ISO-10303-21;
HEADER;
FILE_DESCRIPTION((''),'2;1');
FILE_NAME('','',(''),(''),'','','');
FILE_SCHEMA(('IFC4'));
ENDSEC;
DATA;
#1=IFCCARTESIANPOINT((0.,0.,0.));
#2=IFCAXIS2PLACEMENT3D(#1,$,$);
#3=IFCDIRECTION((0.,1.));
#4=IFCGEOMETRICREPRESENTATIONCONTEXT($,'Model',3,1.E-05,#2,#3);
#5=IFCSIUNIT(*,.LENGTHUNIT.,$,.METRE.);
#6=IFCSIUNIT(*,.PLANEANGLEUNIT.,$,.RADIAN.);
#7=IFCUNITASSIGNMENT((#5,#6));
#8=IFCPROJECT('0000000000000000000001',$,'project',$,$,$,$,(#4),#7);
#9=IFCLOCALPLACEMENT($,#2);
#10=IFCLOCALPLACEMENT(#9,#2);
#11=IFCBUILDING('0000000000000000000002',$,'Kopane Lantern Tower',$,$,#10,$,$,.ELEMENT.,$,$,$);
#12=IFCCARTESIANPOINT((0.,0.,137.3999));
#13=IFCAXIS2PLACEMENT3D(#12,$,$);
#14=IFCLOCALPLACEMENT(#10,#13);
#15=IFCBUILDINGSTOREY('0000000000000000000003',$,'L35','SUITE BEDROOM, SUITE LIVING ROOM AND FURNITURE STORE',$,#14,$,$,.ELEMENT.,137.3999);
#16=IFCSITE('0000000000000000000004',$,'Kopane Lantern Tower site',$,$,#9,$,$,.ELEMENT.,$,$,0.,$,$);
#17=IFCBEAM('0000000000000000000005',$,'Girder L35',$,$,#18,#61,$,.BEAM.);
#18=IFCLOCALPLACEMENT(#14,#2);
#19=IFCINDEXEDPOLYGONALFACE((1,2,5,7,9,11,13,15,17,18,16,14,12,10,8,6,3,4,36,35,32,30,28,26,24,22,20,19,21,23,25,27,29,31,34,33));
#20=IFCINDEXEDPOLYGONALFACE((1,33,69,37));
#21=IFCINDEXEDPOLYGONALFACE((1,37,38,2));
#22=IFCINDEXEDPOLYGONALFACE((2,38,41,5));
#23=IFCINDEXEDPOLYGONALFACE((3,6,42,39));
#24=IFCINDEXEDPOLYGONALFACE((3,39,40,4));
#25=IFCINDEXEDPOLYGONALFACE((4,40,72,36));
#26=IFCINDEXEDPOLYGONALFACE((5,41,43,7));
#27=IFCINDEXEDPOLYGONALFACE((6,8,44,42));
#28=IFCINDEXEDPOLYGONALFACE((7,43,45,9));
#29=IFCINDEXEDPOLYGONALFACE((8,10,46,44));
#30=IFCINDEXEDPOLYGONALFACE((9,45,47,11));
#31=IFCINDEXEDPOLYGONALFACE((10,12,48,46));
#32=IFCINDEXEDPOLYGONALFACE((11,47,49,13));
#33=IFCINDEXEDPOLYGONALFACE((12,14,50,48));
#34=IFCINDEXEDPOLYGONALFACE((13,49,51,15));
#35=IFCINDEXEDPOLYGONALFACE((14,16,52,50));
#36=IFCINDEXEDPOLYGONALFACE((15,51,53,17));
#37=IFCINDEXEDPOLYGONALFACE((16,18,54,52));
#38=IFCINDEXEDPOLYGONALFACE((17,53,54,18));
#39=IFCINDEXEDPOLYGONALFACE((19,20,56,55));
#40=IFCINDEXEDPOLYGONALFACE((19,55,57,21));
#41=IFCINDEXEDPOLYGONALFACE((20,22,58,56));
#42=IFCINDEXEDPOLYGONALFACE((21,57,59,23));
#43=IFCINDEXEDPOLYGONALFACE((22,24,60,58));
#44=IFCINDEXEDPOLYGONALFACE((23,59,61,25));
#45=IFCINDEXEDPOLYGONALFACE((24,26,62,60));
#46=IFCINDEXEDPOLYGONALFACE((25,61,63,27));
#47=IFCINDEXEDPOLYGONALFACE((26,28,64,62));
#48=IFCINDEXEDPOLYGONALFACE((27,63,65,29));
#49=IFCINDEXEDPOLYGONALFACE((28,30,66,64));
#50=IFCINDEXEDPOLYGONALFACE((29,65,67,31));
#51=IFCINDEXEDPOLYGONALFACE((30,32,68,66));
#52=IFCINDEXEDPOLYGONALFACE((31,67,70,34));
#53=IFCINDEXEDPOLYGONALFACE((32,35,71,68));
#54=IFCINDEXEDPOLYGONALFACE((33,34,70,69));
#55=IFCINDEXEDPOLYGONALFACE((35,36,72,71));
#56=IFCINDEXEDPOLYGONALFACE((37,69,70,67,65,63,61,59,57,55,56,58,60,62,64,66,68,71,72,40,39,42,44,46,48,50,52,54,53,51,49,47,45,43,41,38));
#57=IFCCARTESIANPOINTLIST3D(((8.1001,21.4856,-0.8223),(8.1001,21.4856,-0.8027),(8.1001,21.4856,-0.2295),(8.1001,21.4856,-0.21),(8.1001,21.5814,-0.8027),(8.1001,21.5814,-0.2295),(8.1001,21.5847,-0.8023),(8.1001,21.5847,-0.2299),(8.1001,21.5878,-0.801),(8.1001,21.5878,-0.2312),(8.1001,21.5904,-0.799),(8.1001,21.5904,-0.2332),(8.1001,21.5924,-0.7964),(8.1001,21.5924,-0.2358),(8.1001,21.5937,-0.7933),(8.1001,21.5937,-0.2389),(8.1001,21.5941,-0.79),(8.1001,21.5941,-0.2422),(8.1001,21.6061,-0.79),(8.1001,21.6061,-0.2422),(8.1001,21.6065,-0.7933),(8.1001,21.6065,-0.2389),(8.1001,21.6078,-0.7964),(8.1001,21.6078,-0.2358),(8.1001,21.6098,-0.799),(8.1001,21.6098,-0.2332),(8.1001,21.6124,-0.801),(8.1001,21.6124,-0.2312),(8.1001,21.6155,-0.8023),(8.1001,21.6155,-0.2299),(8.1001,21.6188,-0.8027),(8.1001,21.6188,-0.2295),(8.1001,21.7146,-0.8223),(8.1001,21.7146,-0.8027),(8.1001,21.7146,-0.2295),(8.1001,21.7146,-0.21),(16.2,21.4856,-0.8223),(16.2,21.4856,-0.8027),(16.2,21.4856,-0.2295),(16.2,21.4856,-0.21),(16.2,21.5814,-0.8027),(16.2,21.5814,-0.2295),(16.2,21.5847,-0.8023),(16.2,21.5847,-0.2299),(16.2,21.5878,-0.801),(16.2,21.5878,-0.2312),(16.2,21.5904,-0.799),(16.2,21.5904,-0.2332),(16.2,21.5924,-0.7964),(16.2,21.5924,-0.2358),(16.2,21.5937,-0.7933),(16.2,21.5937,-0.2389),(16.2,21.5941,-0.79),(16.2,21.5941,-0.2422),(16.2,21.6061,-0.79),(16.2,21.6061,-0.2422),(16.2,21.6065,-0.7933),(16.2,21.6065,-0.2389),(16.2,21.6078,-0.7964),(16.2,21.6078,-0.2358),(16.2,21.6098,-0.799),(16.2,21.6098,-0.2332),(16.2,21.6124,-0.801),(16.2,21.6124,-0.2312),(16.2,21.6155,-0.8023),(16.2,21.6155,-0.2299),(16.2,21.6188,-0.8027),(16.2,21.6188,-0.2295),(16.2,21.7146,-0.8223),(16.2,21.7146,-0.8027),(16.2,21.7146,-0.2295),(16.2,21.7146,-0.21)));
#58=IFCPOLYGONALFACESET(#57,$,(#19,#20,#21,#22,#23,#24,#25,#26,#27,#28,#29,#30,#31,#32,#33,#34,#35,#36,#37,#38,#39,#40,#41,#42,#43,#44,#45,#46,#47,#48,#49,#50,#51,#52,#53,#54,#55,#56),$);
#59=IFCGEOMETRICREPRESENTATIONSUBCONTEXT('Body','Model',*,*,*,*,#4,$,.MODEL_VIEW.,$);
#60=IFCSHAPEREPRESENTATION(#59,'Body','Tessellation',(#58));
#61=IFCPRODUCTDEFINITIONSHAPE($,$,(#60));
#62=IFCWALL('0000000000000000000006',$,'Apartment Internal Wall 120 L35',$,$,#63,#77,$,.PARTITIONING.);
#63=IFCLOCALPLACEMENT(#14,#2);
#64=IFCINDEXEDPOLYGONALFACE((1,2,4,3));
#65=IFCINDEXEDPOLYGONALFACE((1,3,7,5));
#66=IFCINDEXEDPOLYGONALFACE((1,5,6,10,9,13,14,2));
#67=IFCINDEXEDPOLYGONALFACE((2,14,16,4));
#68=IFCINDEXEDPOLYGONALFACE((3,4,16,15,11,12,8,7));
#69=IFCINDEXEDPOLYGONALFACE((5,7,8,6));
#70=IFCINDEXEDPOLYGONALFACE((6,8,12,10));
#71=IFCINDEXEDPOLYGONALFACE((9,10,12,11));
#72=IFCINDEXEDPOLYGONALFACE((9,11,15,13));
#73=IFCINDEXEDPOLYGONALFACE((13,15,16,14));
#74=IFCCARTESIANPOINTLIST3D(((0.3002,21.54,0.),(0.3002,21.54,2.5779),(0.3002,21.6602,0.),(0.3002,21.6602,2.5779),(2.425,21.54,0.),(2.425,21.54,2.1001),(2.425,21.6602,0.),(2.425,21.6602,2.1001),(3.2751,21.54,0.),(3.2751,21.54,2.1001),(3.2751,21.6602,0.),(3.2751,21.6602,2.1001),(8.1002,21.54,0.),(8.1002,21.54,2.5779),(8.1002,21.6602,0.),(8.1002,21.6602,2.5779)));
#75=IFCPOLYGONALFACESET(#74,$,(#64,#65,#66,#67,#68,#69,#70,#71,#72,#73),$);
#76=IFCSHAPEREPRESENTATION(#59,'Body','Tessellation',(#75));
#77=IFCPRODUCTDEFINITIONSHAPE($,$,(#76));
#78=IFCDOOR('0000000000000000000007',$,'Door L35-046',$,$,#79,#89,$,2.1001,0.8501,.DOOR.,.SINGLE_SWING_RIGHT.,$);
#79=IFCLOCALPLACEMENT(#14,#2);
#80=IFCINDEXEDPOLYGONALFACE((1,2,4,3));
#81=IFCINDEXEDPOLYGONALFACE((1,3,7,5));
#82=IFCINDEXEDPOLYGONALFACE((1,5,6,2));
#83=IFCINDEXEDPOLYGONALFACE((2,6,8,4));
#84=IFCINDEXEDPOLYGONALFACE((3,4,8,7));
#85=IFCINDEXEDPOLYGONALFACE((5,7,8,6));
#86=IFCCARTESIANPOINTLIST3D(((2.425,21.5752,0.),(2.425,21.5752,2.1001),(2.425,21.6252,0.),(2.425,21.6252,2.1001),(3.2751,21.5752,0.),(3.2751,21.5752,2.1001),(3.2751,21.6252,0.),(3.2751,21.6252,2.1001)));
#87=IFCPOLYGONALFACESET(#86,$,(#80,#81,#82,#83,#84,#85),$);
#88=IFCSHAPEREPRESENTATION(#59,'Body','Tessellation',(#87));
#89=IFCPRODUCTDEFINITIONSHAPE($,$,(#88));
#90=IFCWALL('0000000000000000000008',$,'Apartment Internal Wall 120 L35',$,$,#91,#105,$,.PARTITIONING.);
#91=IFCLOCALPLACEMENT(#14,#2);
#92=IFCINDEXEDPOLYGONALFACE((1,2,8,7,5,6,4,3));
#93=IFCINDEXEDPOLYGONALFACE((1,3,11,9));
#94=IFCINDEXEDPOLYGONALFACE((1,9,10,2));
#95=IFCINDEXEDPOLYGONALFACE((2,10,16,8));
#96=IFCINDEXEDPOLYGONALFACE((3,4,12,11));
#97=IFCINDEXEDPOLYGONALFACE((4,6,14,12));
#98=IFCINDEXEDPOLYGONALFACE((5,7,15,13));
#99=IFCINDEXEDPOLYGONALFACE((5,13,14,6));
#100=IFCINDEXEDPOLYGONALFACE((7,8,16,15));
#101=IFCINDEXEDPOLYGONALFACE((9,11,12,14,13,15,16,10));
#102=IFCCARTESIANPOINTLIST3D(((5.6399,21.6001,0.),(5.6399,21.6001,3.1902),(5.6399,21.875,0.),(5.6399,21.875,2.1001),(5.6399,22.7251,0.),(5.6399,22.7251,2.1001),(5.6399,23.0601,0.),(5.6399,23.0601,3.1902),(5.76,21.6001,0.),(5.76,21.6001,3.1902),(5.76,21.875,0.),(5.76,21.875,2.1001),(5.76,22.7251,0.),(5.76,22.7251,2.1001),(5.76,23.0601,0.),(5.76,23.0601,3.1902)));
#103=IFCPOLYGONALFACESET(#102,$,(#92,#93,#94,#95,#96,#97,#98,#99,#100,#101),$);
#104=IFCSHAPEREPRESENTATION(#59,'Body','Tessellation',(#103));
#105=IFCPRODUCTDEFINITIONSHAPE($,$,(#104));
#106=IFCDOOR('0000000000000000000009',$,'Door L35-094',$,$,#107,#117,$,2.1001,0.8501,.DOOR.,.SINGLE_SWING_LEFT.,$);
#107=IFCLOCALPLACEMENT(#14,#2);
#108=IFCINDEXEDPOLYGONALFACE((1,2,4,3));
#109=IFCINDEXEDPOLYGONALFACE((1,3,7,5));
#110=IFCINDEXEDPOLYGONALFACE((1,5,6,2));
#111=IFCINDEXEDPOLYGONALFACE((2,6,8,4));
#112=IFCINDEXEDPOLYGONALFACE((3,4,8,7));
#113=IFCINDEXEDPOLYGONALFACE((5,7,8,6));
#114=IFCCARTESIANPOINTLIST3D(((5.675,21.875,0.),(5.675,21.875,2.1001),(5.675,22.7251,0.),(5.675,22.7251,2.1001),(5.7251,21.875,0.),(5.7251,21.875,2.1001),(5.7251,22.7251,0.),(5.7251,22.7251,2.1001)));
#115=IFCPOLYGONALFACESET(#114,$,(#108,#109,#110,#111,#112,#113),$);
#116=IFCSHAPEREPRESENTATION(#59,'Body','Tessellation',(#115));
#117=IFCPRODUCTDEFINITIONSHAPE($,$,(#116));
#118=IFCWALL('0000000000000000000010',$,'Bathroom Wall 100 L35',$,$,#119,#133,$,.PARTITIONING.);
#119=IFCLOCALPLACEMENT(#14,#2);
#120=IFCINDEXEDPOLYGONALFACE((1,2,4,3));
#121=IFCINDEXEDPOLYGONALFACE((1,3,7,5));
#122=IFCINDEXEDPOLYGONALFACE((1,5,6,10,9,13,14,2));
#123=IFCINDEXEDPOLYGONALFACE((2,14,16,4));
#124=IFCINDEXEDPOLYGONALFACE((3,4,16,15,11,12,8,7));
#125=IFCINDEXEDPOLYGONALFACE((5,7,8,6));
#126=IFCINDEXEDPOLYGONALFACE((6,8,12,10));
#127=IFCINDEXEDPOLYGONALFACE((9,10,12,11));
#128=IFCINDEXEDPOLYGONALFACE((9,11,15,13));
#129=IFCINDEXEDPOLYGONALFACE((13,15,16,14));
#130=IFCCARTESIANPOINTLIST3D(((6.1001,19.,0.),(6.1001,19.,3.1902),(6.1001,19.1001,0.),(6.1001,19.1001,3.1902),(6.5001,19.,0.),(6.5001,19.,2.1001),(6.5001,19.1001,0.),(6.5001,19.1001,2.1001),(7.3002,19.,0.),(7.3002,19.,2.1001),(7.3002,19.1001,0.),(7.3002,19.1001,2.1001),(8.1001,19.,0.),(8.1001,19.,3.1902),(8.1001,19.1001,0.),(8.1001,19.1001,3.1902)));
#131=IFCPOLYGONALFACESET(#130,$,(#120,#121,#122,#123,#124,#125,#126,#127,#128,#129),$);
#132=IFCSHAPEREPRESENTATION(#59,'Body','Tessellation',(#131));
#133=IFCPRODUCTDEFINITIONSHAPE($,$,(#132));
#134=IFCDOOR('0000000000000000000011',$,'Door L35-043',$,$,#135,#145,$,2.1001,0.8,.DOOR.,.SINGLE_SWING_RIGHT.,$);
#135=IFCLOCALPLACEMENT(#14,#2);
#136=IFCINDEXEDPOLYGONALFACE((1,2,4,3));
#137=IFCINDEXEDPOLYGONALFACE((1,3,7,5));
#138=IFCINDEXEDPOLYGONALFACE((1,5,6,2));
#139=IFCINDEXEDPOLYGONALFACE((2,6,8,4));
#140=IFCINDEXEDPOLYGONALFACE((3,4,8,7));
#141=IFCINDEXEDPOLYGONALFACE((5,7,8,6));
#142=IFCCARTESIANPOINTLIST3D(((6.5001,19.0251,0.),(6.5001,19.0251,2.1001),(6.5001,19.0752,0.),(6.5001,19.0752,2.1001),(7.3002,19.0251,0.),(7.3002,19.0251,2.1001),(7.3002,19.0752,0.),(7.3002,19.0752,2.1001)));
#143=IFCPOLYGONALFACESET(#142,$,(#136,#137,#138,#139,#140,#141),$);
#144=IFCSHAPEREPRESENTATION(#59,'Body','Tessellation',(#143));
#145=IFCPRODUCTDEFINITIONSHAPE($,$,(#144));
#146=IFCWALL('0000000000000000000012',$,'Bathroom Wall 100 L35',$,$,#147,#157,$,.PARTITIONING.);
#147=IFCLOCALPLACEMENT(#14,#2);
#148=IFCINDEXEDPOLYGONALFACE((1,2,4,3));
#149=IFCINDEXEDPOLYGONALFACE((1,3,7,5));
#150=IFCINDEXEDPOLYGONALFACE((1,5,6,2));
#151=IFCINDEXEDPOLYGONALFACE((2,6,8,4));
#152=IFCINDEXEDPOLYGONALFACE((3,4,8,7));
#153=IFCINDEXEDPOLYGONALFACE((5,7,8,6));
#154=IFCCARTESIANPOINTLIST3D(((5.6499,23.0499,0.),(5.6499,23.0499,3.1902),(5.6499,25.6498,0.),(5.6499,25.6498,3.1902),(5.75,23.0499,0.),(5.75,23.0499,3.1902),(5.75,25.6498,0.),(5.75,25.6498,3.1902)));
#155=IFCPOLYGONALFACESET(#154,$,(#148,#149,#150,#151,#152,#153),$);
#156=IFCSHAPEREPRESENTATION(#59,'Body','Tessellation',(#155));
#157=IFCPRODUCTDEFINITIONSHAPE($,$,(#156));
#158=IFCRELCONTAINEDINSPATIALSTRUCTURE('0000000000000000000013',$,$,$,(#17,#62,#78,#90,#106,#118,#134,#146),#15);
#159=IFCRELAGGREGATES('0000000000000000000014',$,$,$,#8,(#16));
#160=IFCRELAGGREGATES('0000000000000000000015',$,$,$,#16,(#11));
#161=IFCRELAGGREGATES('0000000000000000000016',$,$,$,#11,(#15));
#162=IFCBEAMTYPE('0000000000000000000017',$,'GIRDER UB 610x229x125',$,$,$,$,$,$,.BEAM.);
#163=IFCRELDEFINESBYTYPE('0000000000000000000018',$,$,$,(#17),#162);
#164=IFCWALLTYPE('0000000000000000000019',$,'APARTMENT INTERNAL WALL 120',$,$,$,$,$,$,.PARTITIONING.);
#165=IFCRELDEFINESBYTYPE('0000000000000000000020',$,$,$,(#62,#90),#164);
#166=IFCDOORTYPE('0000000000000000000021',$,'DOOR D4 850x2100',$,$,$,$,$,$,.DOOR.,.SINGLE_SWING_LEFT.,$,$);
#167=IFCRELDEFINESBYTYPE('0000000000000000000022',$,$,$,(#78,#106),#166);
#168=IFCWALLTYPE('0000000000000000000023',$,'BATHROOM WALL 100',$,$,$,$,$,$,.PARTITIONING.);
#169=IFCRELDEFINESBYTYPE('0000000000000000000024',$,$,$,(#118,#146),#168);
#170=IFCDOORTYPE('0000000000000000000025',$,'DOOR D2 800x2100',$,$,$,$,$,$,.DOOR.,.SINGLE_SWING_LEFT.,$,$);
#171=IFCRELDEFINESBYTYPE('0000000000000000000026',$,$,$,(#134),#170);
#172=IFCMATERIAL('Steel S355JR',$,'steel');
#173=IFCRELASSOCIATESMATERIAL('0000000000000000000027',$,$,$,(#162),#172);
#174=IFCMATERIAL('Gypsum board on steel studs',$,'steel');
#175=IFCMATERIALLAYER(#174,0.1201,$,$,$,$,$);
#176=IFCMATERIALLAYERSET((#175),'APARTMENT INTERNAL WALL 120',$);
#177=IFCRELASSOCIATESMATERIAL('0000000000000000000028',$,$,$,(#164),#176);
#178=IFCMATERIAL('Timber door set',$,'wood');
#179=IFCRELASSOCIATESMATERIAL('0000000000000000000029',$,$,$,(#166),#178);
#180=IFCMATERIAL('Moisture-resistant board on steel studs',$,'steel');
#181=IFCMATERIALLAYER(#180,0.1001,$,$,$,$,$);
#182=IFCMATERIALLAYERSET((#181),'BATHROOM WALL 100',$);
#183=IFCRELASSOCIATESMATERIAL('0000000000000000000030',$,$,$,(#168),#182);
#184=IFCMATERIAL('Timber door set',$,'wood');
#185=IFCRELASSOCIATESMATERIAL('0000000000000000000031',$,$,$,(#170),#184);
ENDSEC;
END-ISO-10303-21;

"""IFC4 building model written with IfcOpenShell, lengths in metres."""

from ifc_helpers import new_model, si_unit, direction, frame, frame_2d, origin, origin_2d, place, context, subcontext, project, spatial, rectangle, i_section, extrude, material, layer, layer_set, material_profile, profile_set, type_object, element, fill, save


model = new_model("IFC4")

# Units and contexts
model_context = context("Model", 3, precision=1e-05, world=origin(), true_north=direction((0.0, 1.0)))
body_context = subcontext(model_context, "Body", "Model", "MODEL_VIEW")
ifc_project = project(units=[si_unit("LENGTHUNIT", "METRE"), si_unit("PLANEANGLEUNIT", "RADIAN")], contexts=[model_context])

# Site, building, storey
site_placement = place(None, origin())
site = spatial("IfcSite", under=ifc_project, at=site_placement, Name="Kopane Lantern Tower site", CompositionType="ELEMENT", RefElevation=0.0)
building_placement = place(site_placement, origin())
building = spatial("IfcBuilding", under=site, at=building_placement, Name="Kopane Lantern Tower", CompositionType="ELEMENT")
storey_placement = place(building_placement, frame((0.0, 0.0, 137.3999)))
storey = spatial("IfcBuildingStorey", under=building, at=storey_placement, Name="L35", Description="SUITE BEDROOM, SUITE LIVING ROOM AND FURNITURE STORE", CompositionType="ELEMENT", Elevation=137.3999)

# Beam
ifc_material_1 = material(Name="Steel S355JR", Category="steel")
ifc_material_profile_1 = material_profile(ifc_material_1, i_section(OverallWidth=0.229, OverallDepth=0.6123, WebThickness=0.012, FlangeThickness=0.0195, FilletRadius=0.0127, at=origin_2d()), Name="UB 610x229x125")
ifc_profile_set_1 = profile_set([ifc_material_profile_1], Name="Steel S355JR")
beam_type = type_object("IfcBeamType", Name="GIRDER UB 610x229x125", PredefinedType="BEAM", material=ifc_profile_set_1)
for number, where, z_axis, x_axis, name in (
    (1, (8.1001, 21.6001, -0.5161), (1.0, 0.0, 0.0), (0.0, 1.0, 0.0), "Girder L35"),
):
    element("IfcBeam", number, at=place(storey_placement, frame(where, z_axis=z_axis, x_axis=x_axis)), inside=storey, type_object=beam_type, Name=name, PredefinedType="BEAM", context=body_context, shape_type="SweptSolid", body=[
        extrude(i_section(OverallWidth=0.229, OverallDepth=0.6123, WebThickness=0.012, FlangeThickness=0.0195, FilletRadius=0.0127, at=origin_2d()), origin(), (0.0, 0.0, 1.0), 8.0999),
    ])

# Walls, openings, doors
ifc_material_2 = material(Name="Gypsum board on steel studs", Category="steel")
ifc_layer_1 = layer(ifc_material_2, 0.1201)
ifc_layer_set_1 = layer_set([ifc_layer_1], Name="APARTMENT INTERNAL WALL 120")
wall_type_1 = type_object("IfcWallType", Name="APARTMENT INTERNAL WALL 120", PredefinedType="PARTITIONING", material=ifc_layer_set_1)
wall_1_placement = place(storey_placement, frame((8.1001, 21.6001, 0.0), z_axis=(0.0, 0.0, 1.0), x_axis=(-1.0, 0.0, 0.0)))
wall_1 = element("IfcWall", 2, at=wall_1_placement, inside=storey, type_object=wall_type_1, Name="Apartment Internal Wall 120 L35", PredefinedType="PARTITIONING", context=body_context, shape_type="SweptSolid", body=[
    extrude(rectangle(XDim=7.8, YDim=0.1201, at=frame_2d((3.8999, 0.0))), origin(), (0.0, 0.0, 1.0), 2.5779),
])
opening_1_placement = place(wall_1_placement, frame((4.825, 0.0, 0.0)))
opening_1 = element("IfcOpeningElement", 3, at=opening_1_placement, cuts=wall_1, PredefinedType="OPENING", context=body_context, shape_type="SweptSolid", body=[
    extrude(rectangle(XDim=0.8501, YDim=2.1001, at=frame_2d((0.425, 1.05))), frame((0.0, 0.0701, 0.0), z_axis=(0.0, -1.0, 0.0), x_axis=(1.0, 0.0, 0.0)), (0.0, 0.0, 1.0), 0.1401),
])
ifc_material_3 = material(Name="Timber door set", Category="wood")
door_type_1 = type_object("IfcDoorType", Name="DOOR D4 850x2100", OperationType="SINGLE_SWING_LEFT", PredefinedType="DOOR", material=ifc_material_3)
door_1_placement = place(opening_1_placement, origin())
door_1 = element("IfcDoor", 4, at=door_1_placement, inside=storey, type_object=door_type_1, Name="Door L35-046", OperationType="SINGLE_SWING_RIGHT", OverallHeight=2.1001, OverallWidth=0.8501, PredefinedType="DOOR", context=body_context, shape_type="SweptSolid", body=[
    extrude(rectangle(XDim=0.8501, YDim=2.1001, at=frame_2d((0.425, 1.05))), frame((0.0, 0.0249, 0.0), z_axis=(0.0, -1.0, 0.0), x_axis=(1.0, 0.0, 0.0)), (0.0, 0.0, 1.0), 0.05),
])
fill(opening_1, door_1)
wall_2_placement = place(storey_placement, frame((5.7, 21.6001, 0.0), z_axis=(0.0, 0.0, 1.0), x_axis=(0.0, 1.0, 0.0)))
wall_2 = element("IfcWall", 5, at=wall_2_placement, inside=storey, type_object=wall_type_1, Name="Apartment Internal Wall 120 L35", PredefinedType="PARTITIONING", context=body_context, shape_type="SweptSolid", body=[
    extrude(rectangle(XDim=1.46, YDim=0.1201, at=frame_2d((0.73, 0.0))), origin(), (0.0, 0.0, 1.0), 3.1902),
])
opening_2_placement = place(wall_2_placement, frame((0.2749, 0.0, 0.0)))
opening_2 = element("IfcOpeningElement", 6, at=opening_2_placement, cuts=wall_2, PredefinedType="OPENING", context=body_context, shape_type="SweptSolid", body=[
    extrude(rectangle(XDim=0.8501, YDim=2.1001, at=frame_2d((0.425, 1.05))), frame((0.0, 0.0701, 0.0), z_axis=(0.0, -1.0, 0.0), x_axis=(1.0, 0.0, 0.0)), (0.0, 0.0, 1.0), 0.1401),
])
door_2_placement = place(opening_2_placement, origin())
door_2 = element("IfcDoor", 7, at=door_2_placement, inside=storey, type_object=door_type_1, Name="Door L35-094", OperationType="SINGLE_SWING_LEFT", OverallHeight=2.1001, OverallWidth=0.8501, PredefinedType="DOOR", context=body_context, shape_type="SweptSolid", body=[
    extrude(rectangle(XDim=0.8501, YDim=2.1001, at=frame_2d((0.425, 1.05))), frame((0.0, 0.0249, 0.0), z_axis=(0.0, -1.0, 0.0), x_axis=(1.0, 0.0, 0.0)), (0.0, 0.0, 1.0), 0.05),
])
fill(opening_2, door_2)
ifc_material_4 = material(Name="Moisture-resistant board on steel studs", Category="steel")
ifc_layer_2 = layer(ifc_material_4, 0.1001)
ifc_layer_set_2 = layer_set([ifc_layer_2], Name="BATHROOM WALL 100")
wall_type_2 = type_object("IfcWallType", Name="BATHROOM WALL 100", PredefinedType="PARTITIONING", material=ifc_layer_set_2)
wall_3_placement = place(storey_placement, frame((8.1001, 19.05, 0.0), z_axis=(0.0, 0.0, 1.0), x_axis=(-1.0, 0.0, 0.0)))
wall_3 = element("IfcWall", 8, at=wall_3_placement, inside=storey, type_object=wall_type_2, Name="Bathroom Wall 100 L35", PredefinedType="PARTITIONING", context=body_context, shape_type="SweptSolid", body=[
    extrude(rectangle(XDim=2.0, YDim=0.1001, at=frame_2d((1.0, 0.0))), origin(), (0.0, 0.0, 1.0), 3.1902),
])
opening_3_placement = place(wall_3_placement, frame((0.8, 0.0, 0.0)))
opening_3 = element("IfcOpeningElement", 9, at=opening_3_placement, cuts=wall_3, PredefinedType="OPENING", context=body_context, shape_type="SweptSolid", body=[
    extrude(rectangle(XDim=0.8, YDim=2.1001, at=frame_2d((0.3999, 1.05))), frame((0.0, 0.0601, 0.0), z_axis=(0.0, -1.0, 0.0), x_axis=(1.0, 0.0, 0.0)), (0.0, 0.0, 1.0), 0.1201),
])
ifc_material_5 = material(Name="Timber door set", Category="wood")
door_type_2 = type_object("IfcDoorType", Name="DOOR D2 800x2100", OperationType="SINGLE_SWING_LEFT", PredefinedType="DOOR", material=ifc_material_5)
door_3_placement = place(opening_3_placement, origin())
door_3 = element("IfcDoor", 10, at=door_3_placement, inside=storey, type_object=door_type_2, Name="Door L35-043", OperationType="SINGLE_SWING_RIGHT", OverallHeight=2.1001, OverallWidth=0.8, PredefinedType="DOOR", context=body_context, shape_type="SweptSolid", body=[
    extrude(rectangle(XDim=0.8, YDim=2.1001, at=frame_2d((0.3999, 1.05))), frame((0.0, 0.0249, 0.0), z_axis=(0.0, -1.0, 0.0), x_axis=(1.0, 0.0, 0.0)), (0.0, 0.0, 1.0), 0.05),
])
fill(opening_3, door_3)

# Wall
wall_4_placement = place(storey_placement, frame((5.7, 23.05, 0.0), z_axis=(0.0, 0.0, 1.0), x_axis=(0.0, 1.0, 0.0)))
element("IfcWall", 11, at=wall_4_placement, inside=storey, type_object=wall_type_2, Name="Bathroom Wall 100 L35", PredefinedType="PARTITIONING", context=body_context, shape_type="SweptSolid", body=[
    extrude(rectangle(XDim=2.5999, YDim=0.1001, at=frame_2d((1.2998, 0.0))), origin(), (0.0, 0.0, 1.0), 3.1902),
])

save(model, "model.ifc")
